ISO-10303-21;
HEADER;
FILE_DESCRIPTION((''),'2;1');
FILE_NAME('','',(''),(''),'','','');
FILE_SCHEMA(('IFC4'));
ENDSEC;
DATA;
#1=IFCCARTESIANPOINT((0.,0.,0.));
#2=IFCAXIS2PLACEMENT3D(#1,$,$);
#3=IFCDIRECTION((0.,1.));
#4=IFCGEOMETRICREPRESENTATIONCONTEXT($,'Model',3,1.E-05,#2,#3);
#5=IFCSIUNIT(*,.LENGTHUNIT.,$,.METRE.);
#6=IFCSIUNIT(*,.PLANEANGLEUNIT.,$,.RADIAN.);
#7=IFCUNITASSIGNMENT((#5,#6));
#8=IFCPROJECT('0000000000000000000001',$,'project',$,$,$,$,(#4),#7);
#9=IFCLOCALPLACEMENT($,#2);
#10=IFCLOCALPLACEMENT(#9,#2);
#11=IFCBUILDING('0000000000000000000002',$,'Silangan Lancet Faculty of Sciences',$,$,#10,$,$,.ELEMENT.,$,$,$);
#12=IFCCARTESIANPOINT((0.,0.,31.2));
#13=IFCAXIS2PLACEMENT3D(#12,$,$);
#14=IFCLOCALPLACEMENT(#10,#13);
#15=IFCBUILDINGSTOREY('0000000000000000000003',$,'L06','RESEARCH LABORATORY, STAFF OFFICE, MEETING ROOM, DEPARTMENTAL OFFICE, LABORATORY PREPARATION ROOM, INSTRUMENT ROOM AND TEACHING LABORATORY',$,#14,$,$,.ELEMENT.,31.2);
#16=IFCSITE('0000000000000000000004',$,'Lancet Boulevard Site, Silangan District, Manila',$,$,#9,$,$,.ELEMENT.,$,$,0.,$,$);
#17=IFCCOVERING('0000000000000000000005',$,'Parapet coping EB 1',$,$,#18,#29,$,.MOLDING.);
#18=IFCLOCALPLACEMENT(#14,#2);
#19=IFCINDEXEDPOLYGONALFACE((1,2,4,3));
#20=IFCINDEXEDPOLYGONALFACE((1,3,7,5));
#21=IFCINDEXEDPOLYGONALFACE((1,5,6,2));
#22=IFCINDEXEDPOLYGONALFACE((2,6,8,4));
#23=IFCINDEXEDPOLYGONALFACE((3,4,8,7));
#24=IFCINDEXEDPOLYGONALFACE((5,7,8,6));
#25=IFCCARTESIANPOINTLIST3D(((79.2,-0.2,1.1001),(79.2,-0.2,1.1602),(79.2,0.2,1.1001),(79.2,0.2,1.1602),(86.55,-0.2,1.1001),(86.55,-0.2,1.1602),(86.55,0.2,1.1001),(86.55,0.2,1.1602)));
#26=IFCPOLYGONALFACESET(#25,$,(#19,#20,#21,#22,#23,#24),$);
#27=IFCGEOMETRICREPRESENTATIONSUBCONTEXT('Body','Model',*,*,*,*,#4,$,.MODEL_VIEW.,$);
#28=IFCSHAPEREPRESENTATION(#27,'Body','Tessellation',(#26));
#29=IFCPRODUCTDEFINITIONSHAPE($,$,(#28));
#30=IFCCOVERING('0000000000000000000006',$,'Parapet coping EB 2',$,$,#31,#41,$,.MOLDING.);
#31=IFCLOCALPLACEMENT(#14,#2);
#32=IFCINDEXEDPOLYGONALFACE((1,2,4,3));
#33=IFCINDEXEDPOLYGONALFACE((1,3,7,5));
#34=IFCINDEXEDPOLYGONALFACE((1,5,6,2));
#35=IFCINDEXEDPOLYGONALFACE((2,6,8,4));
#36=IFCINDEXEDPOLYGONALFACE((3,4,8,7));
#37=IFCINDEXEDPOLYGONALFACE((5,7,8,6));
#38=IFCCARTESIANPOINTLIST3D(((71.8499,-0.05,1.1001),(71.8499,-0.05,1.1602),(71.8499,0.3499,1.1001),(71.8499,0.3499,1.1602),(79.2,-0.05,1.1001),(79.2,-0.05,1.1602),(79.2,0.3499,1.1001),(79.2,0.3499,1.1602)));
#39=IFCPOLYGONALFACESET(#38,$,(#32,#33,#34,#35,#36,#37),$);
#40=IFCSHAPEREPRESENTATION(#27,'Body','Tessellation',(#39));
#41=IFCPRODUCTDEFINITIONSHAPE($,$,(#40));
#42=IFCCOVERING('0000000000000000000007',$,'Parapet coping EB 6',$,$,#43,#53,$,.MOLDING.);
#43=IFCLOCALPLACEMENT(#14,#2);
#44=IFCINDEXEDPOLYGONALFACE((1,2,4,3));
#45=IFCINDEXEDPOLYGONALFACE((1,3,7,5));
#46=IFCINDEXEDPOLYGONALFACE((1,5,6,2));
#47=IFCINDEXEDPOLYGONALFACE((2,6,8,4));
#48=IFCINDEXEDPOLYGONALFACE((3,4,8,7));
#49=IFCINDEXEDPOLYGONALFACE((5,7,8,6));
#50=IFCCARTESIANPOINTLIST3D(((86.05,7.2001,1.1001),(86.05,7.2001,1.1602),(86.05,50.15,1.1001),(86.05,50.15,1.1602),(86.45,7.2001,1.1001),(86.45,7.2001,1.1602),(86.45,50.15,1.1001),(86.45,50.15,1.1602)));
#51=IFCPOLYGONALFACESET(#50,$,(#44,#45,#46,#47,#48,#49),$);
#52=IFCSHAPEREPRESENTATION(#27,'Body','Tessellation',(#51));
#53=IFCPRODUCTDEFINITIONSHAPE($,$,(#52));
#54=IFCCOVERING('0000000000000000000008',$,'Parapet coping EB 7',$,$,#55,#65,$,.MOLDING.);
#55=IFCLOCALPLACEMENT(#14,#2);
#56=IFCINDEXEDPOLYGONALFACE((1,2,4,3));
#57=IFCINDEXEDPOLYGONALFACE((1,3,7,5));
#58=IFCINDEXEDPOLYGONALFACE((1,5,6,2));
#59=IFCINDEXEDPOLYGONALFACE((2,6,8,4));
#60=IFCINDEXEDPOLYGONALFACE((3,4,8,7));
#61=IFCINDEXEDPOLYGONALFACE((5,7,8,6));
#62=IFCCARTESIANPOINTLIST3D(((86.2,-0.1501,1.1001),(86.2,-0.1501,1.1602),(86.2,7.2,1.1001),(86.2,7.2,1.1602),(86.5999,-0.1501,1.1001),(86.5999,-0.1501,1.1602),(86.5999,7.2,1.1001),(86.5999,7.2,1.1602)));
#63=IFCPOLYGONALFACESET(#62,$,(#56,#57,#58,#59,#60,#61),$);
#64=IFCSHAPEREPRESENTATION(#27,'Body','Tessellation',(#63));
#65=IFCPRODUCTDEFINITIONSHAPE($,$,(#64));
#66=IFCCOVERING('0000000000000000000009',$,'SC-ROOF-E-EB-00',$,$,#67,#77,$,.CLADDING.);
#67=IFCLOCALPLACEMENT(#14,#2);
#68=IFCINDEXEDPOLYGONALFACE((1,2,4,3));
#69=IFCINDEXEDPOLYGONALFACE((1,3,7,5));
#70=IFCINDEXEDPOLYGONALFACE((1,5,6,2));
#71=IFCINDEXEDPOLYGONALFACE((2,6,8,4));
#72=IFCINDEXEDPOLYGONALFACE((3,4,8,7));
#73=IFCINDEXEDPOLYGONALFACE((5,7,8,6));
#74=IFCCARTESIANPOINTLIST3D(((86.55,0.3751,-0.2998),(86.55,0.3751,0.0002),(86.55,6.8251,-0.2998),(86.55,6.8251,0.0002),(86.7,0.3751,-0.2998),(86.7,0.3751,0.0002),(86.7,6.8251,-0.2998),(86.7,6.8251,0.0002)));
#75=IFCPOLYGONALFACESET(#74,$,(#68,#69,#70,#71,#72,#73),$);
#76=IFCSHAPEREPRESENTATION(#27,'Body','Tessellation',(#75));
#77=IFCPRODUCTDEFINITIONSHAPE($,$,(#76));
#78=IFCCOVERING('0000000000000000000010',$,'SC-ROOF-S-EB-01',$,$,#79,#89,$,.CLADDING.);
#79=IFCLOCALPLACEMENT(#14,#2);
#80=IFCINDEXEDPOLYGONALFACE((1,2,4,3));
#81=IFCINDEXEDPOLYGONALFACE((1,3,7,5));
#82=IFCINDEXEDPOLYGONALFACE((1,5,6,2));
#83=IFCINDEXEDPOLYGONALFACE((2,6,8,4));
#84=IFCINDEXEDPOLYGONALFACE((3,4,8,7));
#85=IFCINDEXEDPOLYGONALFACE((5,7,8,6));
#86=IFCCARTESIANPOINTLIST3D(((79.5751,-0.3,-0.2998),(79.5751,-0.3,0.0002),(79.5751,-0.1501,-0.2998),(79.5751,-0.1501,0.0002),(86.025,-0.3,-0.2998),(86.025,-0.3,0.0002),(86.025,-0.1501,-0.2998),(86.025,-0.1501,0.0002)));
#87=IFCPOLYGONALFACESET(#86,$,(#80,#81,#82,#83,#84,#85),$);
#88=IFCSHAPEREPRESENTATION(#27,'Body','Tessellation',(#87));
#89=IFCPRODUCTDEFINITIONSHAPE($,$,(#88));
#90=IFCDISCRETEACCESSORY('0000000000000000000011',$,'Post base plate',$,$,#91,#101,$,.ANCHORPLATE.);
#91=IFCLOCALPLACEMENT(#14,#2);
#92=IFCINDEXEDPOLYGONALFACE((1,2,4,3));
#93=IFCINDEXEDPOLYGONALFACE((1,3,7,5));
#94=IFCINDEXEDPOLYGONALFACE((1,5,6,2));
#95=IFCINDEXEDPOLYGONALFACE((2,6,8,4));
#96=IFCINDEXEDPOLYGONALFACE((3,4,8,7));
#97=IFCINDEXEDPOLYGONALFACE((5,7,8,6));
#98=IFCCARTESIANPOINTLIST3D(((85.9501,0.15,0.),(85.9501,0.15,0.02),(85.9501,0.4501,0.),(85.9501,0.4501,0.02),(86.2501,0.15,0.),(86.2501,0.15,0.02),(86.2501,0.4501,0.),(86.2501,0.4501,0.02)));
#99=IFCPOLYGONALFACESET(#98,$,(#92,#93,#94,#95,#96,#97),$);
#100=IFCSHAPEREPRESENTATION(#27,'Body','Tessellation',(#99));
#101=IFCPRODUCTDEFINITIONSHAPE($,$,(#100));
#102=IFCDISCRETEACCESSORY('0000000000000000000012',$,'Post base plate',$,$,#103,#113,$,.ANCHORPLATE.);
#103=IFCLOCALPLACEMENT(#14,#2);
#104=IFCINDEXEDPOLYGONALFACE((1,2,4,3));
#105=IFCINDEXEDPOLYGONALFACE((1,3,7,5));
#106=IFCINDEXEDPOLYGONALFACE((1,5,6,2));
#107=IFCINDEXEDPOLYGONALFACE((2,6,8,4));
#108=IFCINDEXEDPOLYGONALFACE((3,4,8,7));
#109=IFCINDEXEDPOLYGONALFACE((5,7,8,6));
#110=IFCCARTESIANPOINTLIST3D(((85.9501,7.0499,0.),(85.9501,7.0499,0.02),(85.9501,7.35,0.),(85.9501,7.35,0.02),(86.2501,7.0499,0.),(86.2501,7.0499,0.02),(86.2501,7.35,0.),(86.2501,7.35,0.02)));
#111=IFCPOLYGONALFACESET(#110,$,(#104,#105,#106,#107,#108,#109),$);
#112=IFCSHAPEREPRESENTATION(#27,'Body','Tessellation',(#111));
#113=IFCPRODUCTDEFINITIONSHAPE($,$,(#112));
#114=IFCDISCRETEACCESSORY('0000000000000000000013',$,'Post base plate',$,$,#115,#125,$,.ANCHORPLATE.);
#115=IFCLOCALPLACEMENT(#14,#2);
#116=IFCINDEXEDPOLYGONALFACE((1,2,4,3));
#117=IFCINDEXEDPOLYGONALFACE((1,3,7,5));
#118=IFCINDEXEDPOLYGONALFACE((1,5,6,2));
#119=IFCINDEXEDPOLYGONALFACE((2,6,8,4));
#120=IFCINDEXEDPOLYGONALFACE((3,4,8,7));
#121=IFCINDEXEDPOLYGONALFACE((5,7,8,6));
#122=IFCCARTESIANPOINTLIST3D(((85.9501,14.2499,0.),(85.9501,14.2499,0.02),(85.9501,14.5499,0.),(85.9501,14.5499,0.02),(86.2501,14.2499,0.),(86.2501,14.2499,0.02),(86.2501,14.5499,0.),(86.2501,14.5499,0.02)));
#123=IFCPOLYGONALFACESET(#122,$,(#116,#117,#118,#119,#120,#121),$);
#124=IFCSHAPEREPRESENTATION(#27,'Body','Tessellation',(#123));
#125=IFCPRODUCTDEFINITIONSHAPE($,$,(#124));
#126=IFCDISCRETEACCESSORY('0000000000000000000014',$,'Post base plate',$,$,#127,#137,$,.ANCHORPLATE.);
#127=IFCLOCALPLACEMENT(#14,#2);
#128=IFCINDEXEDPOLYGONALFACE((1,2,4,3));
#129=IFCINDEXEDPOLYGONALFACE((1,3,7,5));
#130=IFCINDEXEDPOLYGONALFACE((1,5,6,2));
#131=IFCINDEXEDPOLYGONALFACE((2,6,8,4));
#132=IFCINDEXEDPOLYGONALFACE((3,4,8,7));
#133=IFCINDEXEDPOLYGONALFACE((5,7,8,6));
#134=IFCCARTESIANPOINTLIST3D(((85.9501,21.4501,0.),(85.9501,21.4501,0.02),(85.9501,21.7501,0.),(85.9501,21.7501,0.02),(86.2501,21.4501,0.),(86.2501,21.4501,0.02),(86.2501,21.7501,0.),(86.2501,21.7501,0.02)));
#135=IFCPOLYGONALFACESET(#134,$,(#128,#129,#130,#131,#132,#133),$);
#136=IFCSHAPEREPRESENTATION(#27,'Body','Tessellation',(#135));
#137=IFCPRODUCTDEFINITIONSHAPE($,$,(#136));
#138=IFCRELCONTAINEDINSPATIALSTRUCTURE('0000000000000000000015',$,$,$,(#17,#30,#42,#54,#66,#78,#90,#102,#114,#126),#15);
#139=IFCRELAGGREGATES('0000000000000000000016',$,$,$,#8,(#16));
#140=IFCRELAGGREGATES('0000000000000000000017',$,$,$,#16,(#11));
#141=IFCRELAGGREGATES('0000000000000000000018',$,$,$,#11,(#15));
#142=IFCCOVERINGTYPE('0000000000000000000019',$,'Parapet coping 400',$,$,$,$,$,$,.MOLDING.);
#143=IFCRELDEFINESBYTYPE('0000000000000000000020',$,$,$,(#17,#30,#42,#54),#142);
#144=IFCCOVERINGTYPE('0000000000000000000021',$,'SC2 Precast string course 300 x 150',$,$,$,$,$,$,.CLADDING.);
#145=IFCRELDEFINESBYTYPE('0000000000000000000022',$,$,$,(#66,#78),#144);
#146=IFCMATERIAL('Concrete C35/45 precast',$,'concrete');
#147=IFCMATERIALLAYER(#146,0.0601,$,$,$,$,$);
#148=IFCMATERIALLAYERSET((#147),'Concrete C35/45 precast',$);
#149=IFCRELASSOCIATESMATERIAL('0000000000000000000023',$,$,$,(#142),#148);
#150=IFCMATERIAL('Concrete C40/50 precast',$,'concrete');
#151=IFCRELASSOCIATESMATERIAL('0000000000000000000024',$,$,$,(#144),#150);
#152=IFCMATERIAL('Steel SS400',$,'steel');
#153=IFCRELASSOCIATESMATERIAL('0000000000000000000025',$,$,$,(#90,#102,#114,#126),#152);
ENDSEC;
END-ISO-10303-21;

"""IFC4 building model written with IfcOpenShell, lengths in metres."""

from ifc_helpers import new_model, si_unit, direction, frame, origin, origin_2d, place, context, subcontext, project, spatial, rectangle, extrude, material, layer, layer_set, type_object, element, save


model = new_model("IFC4")

# Units and contexts
model_context = context("Model", 3, precision=1e-05, world=origin(), true_north=direction((0.0, 1.0)))
body_context = subcontext(model_context, "Body", "Model", "MODEL_VIEW")
ifc_project = project(units=[si_unit("LENGTHUNIT", "METRE"), si_unit("PLANEANGLEUNIT", "RADIAN")], contexts=[model_context])

# Site, building, storey
site_placement = place(None, origin())
site = spatial("IfcSite", under=ifc_project, at=site_placement, Name="Lancet Boulevard Site, Silangan District, Manila", CompositionType="ELEMENT", RefElevation=0.0)
building_placement = place(site_placement, origin())
building = spatial("IfcBuilding", under=site, at=building_placement, Name="Silangan Lancet Faculty of Sciences", CompositionType="ELEMENT")
storey_placement = place(building_placement, frame((0.0, 0.0, 31.2)))
storey = spatial("IfcBuildingStorey", under=building, at=storey_placement, Name="L06", Description="RESEARCH LABORATORY, STAFF OFFICE, MEETING ROOM, DEPARTMENTAL OFFICE, LABORATORY PREPARATION ROOM, INSTRUMENT ROOM AND TEACHING LABORATORY", CompositionType="ELEMENT", Elevation=31.2)

# Coverings
ifc_material_1 = material(Name="Concrete C35/45 precast", Category="concrete")
ifc_layer_1 = layer(ifc_material_1, 0.0601)
ifc_layer_set_1 = layer_set([ifc_layer_1], Name="Concrete C35/45 precast")
covering_type_1 = type_object("IfcCoveringType", Name="Parapet coping 400", PredefinedType="MOLDING", material=ifc_layer_set_1)
for number, where, z_axis, x_axis, name in (
    (1, (82.875, 0.0, 1.1001), (0.0, 0.0, 1.0), (1.0, 0.0, 0.0), "Parapet coping EB 1"),
    (2, (75.5249, 0.1499, 1.1001), (0.0, 0.0, 1.0), (1.0, 0.0, 0.0), "Parapet coping EB 2"),
):
    element("IfcCovering", number, at=place(storey_placement, frame(where, z_axis=z_axis, x_axis=x_axis)), inside=storey, type_object=covering_type_1, Name=name, PredefinedType="MOLDING", context=body_context, shape_type="SweptSolid", body=[
        extrude(rectangle(XDim=7.3501, YDim=0.3999, at=origin_2d()), origin(), (0.0, 0.0, 1.0), 0.0601),
    ])
covering_1_placement = place(storey_placement, frame((86.25, 28.675, 1.1001), z_axis=(0.0, 0.0, 1.0), x_axis=(1.0, 0.0, 0.0)))
element("IfcCovering", 3, at=covering_1_placement, inside=storey, type_object=covering_type_1, Name="Parapet coping EB 6", PredefinedType="MOLDING", context=body_context, shape_type="SweptSolid", body=[
    extrude(rectangle(XDim=0.3999, YDim=42.95, at=origin_2d()), origin(), (0.0, 0.0, 1.0), 0.0601),
])
covering_2_placement = place(storey_placement, frame((86.3999, 3.5249, 1.1001), z_axis=(0.0, 0.0, 1.0), x_axis=(1.0, 0.0, 0.0)))
element("IfcCovering", 4, at=covering_2_placement, inside=storey, type_object=covering_type_1, Name="Parapet coping EB 7", PredefinedType="MOLDING", context=body_context, shape_type="SweptSolid", body=[
    extrude(rectangle(XDim=0.3999, YDim=7.3501, at=origin_2d()), origin(), (0.0, 0.0, 1.0), 0.0601),
])
ifc_material_2 = material(Name="Concrete C40/50 precast", Category="concrete")
covering_type_2 = type_object("IfcCoveringType", Name="SC2 Precast string course 300 x 150", PredefinedType="CLADDING", material=ifc_material_2)
covering_3_placement = place(storey_placement, frame((86.625, 3.6001, -0.2998), z_axis=(0.0, 0.0, 1.0), x_axis=(1.0, 0.0, 0.0)))
element("IfcCovering", 5, at=covering_3_placement, inside=storey, type_object=covering_type_2, Name="SC-ROOF-E-EB-00", PredefinedType="CLADDING", context=body_context, shape_type="SweptSolid", body=[
    extrude(rectangle(XDim=0.1499, YDim=6.45, at=origin_2d()), origin(), (0.0, 0.0, 1.0), 0.3),
])
covering_4_placement = place(storey_placement, frame((82.8, -0.2251, -0.2998), z_axis=(0.0, 0.0, 1.0), x_axis=(1.0, 0.0, 0.0)))
element("IfcCovering", 6, at=covering_4_placement, inside=storey, type_object=covering_type_2, Name="SC-ROOF-S-EB-01", PredefinedType="CLADDING", context=body_context, shape_type="SweptSolid", body=[
    extrude(rectangle(XDim=6.45, YDim=0.1499, at=origin_2d()), origin(), (0.0, 0.0, 1.0), 0.3),
])

# Discrete accessories
ifc_material_3 = material(Name="Steel SS400", Category="steel")
for number, where, z_axis, x_axis, name in (
    (7, (86.1001, 0.3, 0.0), (0.0, 0.0, 1.0), (1.0, 0.0, 0.0), "Post base plate"),
    (8, (86.1001, 7.2, 0.0), (0.0, 0.0, 1.0), (1.0, 0.0, 0.0), "Post base plate"),
    (9, (86.1001, 14.3999, 0.0), (0.0, 0.0, 1.0), (1.0, 0.0, 0.0), "Post base plate"),
    (10, (86.1001, 21.6001, 0.0), (0.0, 0.0, 1.0), (1.0, 0.0, 0.0), "Post base plate"),
):
    element("IfcDiscreteAccessory", number, at=place(storey_placement, frame(where, z_axis=z_axis, x_axis=x_axis)), inside=storey, material=ifc_material_3, Name=name, PredefinedType="ANCHORPLATE", context=body_context, shape_type="SweptSolid", body=[
        extrude(rectangle(XDim=0.3, YDim=0.3, at=origin_2d()), origin(), (0.0, 0.0, 1.0), 0.02),
    ])

save(model, "model.ifc")
